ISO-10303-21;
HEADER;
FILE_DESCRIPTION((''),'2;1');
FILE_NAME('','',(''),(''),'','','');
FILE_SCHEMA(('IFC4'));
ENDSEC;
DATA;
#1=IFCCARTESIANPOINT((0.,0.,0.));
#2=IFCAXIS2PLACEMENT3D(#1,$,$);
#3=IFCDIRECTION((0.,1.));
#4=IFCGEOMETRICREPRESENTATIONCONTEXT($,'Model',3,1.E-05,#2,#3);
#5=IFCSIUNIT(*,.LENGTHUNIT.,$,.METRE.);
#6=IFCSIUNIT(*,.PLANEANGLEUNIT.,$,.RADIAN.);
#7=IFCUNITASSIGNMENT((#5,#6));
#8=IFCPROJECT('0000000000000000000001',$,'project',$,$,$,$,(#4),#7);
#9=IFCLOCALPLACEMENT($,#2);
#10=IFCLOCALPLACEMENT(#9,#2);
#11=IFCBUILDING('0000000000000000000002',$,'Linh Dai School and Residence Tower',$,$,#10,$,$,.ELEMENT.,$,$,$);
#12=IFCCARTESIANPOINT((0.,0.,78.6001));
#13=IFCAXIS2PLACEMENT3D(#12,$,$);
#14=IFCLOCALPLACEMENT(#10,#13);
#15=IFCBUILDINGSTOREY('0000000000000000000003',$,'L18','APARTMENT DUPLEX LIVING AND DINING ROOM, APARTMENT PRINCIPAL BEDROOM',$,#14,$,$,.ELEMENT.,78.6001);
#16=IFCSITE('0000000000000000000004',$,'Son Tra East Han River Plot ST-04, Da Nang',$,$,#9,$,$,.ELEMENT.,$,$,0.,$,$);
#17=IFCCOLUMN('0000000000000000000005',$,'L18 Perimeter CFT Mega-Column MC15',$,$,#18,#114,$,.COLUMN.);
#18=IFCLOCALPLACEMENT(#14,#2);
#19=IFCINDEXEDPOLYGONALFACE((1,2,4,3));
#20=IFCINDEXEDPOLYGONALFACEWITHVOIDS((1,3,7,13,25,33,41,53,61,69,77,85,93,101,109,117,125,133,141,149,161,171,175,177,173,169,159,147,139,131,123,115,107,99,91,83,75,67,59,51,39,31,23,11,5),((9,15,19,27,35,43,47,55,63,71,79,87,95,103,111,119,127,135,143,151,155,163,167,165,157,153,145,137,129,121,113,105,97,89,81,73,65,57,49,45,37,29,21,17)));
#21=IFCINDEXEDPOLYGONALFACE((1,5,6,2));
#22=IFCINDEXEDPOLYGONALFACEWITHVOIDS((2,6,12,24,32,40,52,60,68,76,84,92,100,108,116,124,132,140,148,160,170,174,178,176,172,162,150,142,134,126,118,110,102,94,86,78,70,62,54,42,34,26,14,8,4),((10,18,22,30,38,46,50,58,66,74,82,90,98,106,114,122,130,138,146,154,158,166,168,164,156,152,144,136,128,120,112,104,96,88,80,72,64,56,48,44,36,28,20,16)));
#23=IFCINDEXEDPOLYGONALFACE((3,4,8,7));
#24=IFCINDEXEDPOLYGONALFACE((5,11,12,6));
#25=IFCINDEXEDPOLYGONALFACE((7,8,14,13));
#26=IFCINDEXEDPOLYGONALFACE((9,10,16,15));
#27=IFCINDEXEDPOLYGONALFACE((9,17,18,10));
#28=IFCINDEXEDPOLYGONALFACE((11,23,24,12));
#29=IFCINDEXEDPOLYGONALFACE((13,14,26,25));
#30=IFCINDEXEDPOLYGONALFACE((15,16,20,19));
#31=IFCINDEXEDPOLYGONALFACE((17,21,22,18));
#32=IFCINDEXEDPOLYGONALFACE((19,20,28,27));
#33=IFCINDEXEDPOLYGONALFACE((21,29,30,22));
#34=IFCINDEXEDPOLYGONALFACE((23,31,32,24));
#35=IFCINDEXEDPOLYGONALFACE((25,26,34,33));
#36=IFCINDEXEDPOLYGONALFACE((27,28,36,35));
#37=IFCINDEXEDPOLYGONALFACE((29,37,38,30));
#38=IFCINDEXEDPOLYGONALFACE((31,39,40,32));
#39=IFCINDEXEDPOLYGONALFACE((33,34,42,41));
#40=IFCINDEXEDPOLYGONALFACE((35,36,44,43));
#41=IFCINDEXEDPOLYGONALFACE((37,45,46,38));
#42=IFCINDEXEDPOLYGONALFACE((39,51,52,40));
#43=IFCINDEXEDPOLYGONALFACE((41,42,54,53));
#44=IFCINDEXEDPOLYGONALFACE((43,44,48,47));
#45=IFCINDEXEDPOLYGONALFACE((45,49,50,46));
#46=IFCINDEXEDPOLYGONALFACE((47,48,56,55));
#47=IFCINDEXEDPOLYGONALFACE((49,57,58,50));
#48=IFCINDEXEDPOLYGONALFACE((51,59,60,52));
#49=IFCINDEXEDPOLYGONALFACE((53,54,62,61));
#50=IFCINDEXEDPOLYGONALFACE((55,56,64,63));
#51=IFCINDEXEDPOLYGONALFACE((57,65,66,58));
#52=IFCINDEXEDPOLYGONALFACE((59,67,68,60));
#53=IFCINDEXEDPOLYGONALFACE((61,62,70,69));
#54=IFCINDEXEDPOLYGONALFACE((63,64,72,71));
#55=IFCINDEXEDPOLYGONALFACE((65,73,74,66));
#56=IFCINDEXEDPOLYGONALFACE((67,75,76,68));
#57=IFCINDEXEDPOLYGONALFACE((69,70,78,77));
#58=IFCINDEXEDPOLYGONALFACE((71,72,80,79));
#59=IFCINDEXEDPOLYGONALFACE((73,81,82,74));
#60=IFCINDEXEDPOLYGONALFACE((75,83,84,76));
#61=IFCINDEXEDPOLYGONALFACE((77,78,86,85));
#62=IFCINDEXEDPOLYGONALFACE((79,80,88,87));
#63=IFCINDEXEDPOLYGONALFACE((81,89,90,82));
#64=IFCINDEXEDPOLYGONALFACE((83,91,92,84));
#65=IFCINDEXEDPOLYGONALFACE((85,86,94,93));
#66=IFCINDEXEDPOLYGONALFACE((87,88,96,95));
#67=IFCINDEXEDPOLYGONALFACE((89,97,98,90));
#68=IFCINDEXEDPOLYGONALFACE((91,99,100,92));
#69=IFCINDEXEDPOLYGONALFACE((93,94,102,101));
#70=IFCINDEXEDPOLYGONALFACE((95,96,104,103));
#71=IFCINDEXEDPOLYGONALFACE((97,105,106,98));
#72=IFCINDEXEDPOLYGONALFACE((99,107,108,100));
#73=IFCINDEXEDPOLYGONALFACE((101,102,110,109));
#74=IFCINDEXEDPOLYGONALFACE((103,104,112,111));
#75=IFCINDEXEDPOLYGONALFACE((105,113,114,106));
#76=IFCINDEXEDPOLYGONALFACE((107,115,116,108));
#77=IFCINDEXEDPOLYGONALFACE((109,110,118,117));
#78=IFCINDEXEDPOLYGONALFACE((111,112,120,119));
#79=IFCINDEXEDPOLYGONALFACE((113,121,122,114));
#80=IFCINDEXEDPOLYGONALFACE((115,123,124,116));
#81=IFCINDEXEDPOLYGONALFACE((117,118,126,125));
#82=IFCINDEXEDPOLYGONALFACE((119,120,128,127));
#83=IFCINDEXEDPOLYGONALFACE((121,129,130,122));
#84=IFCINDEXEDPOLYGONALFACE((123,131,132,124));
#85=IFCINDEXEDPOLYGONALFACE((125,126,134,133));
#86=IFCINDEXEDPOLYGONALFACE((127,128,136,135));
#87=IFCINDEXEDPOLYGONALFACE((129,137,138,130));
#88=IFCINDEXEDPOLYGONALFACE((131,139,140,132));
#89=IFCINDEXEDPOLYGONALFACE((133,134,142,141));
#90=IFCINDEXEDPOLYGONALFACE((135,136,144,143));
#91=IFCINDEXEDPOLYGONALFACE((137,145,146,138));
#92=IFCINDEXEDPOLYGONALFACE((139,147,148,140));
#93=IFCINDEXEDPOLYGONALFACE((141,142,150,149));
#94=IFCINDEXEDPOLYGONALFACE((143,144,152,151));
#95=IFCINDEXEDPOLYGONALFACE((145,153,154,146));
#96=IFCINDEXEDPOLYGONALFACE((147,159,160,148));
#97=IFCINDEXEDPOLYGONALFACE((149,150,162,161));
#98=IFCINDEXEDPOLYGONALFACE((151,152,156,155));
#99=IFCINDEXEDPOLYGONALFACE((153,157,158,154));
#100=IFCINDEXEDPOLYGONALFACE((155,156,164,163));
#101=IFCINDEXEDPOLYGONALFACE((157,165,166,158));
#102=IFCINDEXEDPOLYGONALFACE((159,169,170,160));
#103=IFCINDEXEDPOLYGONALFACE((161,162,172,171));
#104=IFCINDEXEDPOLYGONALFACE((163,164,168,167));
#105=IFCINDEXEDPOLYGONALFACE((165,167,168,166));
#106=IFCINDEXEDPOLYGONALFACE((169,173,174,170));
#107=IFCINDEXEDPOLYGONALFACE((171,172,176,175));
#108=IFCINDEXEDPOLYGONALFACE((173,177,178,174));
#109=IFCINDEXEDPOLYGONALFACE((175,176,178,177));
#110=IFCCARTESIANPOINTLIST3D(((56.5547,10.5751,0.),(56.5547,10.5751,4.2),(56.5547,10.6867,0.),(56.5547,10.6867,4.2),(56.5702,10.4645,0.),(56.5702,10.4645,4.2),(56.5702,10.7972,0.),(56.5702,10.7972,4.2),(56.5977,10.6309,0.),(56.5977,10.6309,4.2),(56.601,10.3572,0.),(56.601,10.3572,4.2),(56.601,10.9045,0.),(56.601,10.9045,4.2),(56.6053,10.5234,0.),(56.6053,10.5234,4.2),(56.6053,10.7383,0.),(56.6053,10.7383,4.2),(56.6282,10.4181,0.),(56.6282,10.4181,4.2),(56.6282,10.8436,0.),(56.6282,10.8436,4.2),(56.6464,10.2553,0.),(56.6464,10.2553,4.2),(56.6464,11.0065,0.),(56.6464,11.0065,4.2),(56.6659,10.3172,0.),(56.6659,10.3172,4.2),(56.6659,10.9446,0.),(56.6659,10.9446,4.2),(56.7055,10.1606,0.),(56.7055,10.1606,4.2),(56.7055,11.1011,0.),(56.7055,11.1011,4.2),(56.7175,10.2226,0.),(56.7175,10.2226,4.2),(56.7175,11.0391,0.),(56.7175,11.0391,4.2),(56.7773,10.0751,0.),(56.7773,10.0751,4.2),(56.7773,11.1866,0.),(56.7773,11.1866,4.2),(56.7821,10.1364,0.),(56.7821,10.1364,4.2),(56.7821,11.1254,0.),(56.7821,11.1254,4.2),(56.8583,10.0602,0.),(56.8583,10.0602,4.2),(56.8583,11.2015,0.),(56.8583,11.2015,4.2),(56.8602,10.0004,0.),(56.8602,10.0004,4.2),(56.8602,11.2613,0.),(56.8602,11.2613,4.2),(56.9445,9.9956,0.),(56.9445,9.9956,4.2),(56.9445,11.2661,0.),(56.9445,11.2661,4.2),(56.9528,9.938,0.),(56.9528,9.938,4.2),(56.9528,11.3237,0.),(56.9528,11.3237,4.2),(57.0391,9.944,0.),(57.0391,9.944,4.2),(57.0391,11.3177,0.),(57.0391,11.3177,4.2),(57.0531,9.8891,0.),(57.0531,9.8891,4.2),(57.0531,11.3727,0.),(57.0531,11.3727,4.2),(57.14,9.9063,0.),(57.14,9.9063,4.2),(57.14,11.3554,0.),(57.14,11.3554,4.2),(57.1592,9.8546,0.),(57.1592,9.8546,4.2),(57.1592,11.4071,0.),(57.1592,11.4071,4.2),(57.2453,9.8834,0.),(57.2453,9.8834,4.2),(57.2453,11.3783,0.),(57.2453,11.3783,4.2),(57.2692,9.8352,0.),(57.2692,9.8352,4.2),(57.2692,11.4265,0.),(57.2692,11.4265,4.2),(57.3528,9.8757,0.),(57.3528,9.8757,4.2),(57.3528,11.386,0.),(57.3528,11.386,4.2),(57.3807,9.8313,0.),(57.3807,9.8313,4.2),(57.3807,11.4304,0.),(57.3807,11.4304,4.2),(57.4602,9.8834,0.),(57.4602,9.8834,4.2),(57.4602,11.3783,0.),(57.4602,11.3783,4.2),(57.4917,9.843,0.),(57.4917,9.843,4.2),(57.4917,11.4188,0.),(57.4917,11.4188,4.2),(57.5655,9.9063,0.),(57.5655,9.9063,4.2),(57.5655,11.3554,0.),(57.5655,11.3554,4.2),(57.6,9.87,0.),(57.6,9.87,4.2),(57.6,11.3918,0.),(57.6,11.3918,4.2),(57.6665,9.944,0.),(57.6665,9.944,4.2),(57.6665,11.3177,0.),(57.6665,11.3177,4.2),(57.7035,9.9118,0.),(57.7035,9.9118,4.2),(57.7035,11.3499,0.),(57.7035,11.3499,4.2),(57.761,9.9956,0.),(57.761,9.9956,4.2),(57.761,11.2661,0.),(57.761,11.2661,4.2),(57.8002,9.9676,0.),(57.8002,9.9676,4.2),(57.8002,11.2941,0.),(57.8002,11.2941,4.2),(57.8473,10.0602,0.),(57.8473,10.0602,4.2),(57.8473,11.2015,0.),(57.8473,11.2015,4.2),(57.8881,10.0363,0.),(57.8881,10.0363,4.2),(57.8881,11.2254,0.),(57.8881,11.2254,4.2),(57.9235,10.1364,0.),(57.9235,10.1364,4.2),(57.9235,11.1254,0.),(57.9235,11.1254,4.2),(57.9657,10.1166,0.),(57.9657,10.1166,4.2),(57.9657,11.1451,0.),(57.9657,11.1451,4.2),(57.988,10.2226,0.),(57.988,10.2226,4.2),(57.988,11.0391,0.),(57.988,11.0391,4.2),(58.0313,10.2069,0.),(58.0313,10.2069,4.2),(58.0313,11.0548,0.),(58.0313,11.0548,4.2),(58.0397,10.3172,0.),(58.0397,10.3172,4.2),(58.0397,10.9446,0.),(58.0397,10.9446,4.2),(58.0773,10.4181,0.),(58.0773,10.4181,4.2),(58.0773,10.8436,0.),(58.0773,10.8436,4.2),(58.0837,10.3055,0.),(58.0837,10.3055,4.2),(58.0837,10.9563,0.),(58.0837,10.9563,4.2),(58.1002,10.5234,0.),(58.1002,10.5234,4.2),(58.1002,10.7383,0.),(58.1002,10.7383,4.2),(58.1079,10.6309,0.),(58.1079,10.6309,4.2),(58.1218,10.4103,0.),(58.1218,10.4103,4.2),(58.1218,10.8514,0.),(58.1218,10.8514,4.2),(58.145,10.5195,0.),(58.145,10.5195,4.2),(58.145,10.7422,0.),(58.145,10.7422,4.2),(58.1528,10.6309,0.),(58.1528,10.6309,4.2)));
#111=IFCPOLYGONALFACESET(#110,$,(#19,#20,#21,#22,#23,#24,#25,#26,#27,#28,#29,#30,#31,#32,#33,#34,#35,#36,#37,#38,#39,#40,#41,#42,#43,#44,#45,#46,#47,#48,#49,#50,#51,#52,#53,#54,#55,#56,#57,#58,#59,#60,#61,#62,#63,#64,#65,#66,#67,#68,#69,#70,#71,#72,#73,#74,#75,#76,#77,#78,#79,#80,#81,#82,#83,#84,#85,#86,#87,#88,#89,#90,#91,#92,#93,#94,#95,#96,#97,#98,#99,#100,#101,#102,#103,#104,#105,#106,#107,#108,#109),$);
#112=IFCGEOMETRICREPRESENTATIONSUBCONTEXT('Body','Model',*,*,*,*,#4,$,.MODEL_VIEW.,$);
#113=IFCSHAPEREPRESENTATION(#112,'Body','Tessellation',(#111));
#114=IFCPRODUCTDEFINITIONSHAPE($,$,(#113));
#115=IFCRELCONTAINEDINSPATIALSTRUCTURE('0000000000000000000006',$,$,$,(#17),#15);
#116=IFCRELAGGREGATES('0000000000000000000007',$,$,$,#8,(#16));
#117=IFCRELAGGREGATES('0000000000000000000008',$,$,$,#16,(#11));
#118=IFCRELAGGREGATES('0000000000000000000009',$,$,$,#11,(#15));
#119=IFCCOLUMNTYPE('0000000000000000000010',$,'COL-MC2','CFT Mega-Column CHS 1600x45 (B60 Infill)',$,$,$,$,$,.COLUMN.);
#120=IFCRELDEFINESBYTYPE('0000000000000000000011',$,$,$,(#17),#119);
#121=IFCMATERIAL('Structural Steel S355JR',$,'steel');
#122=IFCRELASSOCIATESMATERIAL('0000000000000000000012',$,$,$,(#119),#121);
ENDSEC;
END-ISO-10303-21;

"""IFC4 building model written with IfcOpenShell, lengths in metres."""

from ifc_helpers import new_model, si_unit, direction, frame, origin, origin_2d, place, context, subcontext, project, spatial, hollow_circle, extrude, material, material_profile, profile_set, type_object, element, save


model = new_model("IFC4")

# Units and contexts
model_context = context("Model", 3, precision=1e-05, world=origin(), true_north=direction((0.0, 1.0)))
body_context = subcontext(model_context, "Body", "Model", "MODEL_VIEW")
ifc_project = project(units=[si_unit("LENGTHUNIT", "METRE"), si_unit("PLANEANGLEUNIT", "RADIAN")], contexts=[model_context])

# Site, building, storey
site_placement = place(None, origin())
site = spatial("IfcSite", under=ifc_project, at=site_placement, Name="Son Tra East Han River Plot ST-04, Da Nang", CompositionType="ELEMENT", RefElevation=0.0)
building_placement = place(site_placement, origin())
building = spatial("IfcBuilding", under=site, at=building_placement, Name="Linh Dai School and Residence Tower", CompositionType="ELEMENT")
storey_placement = place(building_placement, frame((0.0, 0.0, 78.6001)))
storey = spatial("IfcBuildingStorey", under=building, at=storey_placement, Name="L18", Description="APARTMENT DUPLEX LIVING AND DINING ROOM, APARTMENT PRINCIPAL BEDROOM", CompositionType="ELEMENT", Elevation=78.6001)

# Column
ifc_material_1 = material(Name="Structural Steel S355JR", Category="steel")
ifc_material_profile_1 = material_profile(ifc_material_1, hollow_circle(Radius=0.8, WallThickness=0.0449, at=origin_2d()), Name="CHS 1600x45")
ifc_profile_set_1 = profile_set([ifc_material_profile_1], Name="Structural Steel S355JR")
column_type = type_object("IfcColumnType", Name="COL-MC2", Description="CFT Mega-Column CHS 1600x45 (B60 Infill)", PredefinedType="COLUMN", material=ifc_profile_set_1)
for number, where, z_axis, x_axis, name in (
    (1, (57.3528, 10.6309, 0.0), (0.0, 0.0, 1.0), (1.0, 0.0, 0.0), "L18 Perimeter CFT Mega-Column MC15"),
):
    element("IfcColumn", number, at=place(storey_placement, frame(where, z_axis=z_axis, x_axis=x_axis)), inside=storey, type_object=column_type, Name=name, PredefinedType="COLUMN", context=body_context, shape_type="SweptSolid", body=[
        extrude(hollow_circle(Radius=0.8, WallThickness=0.0449, at=origin_2d()), origin(), (0.0, 0.0, 1.0), 4.2),
    ])

save(model, "model.ifc")
